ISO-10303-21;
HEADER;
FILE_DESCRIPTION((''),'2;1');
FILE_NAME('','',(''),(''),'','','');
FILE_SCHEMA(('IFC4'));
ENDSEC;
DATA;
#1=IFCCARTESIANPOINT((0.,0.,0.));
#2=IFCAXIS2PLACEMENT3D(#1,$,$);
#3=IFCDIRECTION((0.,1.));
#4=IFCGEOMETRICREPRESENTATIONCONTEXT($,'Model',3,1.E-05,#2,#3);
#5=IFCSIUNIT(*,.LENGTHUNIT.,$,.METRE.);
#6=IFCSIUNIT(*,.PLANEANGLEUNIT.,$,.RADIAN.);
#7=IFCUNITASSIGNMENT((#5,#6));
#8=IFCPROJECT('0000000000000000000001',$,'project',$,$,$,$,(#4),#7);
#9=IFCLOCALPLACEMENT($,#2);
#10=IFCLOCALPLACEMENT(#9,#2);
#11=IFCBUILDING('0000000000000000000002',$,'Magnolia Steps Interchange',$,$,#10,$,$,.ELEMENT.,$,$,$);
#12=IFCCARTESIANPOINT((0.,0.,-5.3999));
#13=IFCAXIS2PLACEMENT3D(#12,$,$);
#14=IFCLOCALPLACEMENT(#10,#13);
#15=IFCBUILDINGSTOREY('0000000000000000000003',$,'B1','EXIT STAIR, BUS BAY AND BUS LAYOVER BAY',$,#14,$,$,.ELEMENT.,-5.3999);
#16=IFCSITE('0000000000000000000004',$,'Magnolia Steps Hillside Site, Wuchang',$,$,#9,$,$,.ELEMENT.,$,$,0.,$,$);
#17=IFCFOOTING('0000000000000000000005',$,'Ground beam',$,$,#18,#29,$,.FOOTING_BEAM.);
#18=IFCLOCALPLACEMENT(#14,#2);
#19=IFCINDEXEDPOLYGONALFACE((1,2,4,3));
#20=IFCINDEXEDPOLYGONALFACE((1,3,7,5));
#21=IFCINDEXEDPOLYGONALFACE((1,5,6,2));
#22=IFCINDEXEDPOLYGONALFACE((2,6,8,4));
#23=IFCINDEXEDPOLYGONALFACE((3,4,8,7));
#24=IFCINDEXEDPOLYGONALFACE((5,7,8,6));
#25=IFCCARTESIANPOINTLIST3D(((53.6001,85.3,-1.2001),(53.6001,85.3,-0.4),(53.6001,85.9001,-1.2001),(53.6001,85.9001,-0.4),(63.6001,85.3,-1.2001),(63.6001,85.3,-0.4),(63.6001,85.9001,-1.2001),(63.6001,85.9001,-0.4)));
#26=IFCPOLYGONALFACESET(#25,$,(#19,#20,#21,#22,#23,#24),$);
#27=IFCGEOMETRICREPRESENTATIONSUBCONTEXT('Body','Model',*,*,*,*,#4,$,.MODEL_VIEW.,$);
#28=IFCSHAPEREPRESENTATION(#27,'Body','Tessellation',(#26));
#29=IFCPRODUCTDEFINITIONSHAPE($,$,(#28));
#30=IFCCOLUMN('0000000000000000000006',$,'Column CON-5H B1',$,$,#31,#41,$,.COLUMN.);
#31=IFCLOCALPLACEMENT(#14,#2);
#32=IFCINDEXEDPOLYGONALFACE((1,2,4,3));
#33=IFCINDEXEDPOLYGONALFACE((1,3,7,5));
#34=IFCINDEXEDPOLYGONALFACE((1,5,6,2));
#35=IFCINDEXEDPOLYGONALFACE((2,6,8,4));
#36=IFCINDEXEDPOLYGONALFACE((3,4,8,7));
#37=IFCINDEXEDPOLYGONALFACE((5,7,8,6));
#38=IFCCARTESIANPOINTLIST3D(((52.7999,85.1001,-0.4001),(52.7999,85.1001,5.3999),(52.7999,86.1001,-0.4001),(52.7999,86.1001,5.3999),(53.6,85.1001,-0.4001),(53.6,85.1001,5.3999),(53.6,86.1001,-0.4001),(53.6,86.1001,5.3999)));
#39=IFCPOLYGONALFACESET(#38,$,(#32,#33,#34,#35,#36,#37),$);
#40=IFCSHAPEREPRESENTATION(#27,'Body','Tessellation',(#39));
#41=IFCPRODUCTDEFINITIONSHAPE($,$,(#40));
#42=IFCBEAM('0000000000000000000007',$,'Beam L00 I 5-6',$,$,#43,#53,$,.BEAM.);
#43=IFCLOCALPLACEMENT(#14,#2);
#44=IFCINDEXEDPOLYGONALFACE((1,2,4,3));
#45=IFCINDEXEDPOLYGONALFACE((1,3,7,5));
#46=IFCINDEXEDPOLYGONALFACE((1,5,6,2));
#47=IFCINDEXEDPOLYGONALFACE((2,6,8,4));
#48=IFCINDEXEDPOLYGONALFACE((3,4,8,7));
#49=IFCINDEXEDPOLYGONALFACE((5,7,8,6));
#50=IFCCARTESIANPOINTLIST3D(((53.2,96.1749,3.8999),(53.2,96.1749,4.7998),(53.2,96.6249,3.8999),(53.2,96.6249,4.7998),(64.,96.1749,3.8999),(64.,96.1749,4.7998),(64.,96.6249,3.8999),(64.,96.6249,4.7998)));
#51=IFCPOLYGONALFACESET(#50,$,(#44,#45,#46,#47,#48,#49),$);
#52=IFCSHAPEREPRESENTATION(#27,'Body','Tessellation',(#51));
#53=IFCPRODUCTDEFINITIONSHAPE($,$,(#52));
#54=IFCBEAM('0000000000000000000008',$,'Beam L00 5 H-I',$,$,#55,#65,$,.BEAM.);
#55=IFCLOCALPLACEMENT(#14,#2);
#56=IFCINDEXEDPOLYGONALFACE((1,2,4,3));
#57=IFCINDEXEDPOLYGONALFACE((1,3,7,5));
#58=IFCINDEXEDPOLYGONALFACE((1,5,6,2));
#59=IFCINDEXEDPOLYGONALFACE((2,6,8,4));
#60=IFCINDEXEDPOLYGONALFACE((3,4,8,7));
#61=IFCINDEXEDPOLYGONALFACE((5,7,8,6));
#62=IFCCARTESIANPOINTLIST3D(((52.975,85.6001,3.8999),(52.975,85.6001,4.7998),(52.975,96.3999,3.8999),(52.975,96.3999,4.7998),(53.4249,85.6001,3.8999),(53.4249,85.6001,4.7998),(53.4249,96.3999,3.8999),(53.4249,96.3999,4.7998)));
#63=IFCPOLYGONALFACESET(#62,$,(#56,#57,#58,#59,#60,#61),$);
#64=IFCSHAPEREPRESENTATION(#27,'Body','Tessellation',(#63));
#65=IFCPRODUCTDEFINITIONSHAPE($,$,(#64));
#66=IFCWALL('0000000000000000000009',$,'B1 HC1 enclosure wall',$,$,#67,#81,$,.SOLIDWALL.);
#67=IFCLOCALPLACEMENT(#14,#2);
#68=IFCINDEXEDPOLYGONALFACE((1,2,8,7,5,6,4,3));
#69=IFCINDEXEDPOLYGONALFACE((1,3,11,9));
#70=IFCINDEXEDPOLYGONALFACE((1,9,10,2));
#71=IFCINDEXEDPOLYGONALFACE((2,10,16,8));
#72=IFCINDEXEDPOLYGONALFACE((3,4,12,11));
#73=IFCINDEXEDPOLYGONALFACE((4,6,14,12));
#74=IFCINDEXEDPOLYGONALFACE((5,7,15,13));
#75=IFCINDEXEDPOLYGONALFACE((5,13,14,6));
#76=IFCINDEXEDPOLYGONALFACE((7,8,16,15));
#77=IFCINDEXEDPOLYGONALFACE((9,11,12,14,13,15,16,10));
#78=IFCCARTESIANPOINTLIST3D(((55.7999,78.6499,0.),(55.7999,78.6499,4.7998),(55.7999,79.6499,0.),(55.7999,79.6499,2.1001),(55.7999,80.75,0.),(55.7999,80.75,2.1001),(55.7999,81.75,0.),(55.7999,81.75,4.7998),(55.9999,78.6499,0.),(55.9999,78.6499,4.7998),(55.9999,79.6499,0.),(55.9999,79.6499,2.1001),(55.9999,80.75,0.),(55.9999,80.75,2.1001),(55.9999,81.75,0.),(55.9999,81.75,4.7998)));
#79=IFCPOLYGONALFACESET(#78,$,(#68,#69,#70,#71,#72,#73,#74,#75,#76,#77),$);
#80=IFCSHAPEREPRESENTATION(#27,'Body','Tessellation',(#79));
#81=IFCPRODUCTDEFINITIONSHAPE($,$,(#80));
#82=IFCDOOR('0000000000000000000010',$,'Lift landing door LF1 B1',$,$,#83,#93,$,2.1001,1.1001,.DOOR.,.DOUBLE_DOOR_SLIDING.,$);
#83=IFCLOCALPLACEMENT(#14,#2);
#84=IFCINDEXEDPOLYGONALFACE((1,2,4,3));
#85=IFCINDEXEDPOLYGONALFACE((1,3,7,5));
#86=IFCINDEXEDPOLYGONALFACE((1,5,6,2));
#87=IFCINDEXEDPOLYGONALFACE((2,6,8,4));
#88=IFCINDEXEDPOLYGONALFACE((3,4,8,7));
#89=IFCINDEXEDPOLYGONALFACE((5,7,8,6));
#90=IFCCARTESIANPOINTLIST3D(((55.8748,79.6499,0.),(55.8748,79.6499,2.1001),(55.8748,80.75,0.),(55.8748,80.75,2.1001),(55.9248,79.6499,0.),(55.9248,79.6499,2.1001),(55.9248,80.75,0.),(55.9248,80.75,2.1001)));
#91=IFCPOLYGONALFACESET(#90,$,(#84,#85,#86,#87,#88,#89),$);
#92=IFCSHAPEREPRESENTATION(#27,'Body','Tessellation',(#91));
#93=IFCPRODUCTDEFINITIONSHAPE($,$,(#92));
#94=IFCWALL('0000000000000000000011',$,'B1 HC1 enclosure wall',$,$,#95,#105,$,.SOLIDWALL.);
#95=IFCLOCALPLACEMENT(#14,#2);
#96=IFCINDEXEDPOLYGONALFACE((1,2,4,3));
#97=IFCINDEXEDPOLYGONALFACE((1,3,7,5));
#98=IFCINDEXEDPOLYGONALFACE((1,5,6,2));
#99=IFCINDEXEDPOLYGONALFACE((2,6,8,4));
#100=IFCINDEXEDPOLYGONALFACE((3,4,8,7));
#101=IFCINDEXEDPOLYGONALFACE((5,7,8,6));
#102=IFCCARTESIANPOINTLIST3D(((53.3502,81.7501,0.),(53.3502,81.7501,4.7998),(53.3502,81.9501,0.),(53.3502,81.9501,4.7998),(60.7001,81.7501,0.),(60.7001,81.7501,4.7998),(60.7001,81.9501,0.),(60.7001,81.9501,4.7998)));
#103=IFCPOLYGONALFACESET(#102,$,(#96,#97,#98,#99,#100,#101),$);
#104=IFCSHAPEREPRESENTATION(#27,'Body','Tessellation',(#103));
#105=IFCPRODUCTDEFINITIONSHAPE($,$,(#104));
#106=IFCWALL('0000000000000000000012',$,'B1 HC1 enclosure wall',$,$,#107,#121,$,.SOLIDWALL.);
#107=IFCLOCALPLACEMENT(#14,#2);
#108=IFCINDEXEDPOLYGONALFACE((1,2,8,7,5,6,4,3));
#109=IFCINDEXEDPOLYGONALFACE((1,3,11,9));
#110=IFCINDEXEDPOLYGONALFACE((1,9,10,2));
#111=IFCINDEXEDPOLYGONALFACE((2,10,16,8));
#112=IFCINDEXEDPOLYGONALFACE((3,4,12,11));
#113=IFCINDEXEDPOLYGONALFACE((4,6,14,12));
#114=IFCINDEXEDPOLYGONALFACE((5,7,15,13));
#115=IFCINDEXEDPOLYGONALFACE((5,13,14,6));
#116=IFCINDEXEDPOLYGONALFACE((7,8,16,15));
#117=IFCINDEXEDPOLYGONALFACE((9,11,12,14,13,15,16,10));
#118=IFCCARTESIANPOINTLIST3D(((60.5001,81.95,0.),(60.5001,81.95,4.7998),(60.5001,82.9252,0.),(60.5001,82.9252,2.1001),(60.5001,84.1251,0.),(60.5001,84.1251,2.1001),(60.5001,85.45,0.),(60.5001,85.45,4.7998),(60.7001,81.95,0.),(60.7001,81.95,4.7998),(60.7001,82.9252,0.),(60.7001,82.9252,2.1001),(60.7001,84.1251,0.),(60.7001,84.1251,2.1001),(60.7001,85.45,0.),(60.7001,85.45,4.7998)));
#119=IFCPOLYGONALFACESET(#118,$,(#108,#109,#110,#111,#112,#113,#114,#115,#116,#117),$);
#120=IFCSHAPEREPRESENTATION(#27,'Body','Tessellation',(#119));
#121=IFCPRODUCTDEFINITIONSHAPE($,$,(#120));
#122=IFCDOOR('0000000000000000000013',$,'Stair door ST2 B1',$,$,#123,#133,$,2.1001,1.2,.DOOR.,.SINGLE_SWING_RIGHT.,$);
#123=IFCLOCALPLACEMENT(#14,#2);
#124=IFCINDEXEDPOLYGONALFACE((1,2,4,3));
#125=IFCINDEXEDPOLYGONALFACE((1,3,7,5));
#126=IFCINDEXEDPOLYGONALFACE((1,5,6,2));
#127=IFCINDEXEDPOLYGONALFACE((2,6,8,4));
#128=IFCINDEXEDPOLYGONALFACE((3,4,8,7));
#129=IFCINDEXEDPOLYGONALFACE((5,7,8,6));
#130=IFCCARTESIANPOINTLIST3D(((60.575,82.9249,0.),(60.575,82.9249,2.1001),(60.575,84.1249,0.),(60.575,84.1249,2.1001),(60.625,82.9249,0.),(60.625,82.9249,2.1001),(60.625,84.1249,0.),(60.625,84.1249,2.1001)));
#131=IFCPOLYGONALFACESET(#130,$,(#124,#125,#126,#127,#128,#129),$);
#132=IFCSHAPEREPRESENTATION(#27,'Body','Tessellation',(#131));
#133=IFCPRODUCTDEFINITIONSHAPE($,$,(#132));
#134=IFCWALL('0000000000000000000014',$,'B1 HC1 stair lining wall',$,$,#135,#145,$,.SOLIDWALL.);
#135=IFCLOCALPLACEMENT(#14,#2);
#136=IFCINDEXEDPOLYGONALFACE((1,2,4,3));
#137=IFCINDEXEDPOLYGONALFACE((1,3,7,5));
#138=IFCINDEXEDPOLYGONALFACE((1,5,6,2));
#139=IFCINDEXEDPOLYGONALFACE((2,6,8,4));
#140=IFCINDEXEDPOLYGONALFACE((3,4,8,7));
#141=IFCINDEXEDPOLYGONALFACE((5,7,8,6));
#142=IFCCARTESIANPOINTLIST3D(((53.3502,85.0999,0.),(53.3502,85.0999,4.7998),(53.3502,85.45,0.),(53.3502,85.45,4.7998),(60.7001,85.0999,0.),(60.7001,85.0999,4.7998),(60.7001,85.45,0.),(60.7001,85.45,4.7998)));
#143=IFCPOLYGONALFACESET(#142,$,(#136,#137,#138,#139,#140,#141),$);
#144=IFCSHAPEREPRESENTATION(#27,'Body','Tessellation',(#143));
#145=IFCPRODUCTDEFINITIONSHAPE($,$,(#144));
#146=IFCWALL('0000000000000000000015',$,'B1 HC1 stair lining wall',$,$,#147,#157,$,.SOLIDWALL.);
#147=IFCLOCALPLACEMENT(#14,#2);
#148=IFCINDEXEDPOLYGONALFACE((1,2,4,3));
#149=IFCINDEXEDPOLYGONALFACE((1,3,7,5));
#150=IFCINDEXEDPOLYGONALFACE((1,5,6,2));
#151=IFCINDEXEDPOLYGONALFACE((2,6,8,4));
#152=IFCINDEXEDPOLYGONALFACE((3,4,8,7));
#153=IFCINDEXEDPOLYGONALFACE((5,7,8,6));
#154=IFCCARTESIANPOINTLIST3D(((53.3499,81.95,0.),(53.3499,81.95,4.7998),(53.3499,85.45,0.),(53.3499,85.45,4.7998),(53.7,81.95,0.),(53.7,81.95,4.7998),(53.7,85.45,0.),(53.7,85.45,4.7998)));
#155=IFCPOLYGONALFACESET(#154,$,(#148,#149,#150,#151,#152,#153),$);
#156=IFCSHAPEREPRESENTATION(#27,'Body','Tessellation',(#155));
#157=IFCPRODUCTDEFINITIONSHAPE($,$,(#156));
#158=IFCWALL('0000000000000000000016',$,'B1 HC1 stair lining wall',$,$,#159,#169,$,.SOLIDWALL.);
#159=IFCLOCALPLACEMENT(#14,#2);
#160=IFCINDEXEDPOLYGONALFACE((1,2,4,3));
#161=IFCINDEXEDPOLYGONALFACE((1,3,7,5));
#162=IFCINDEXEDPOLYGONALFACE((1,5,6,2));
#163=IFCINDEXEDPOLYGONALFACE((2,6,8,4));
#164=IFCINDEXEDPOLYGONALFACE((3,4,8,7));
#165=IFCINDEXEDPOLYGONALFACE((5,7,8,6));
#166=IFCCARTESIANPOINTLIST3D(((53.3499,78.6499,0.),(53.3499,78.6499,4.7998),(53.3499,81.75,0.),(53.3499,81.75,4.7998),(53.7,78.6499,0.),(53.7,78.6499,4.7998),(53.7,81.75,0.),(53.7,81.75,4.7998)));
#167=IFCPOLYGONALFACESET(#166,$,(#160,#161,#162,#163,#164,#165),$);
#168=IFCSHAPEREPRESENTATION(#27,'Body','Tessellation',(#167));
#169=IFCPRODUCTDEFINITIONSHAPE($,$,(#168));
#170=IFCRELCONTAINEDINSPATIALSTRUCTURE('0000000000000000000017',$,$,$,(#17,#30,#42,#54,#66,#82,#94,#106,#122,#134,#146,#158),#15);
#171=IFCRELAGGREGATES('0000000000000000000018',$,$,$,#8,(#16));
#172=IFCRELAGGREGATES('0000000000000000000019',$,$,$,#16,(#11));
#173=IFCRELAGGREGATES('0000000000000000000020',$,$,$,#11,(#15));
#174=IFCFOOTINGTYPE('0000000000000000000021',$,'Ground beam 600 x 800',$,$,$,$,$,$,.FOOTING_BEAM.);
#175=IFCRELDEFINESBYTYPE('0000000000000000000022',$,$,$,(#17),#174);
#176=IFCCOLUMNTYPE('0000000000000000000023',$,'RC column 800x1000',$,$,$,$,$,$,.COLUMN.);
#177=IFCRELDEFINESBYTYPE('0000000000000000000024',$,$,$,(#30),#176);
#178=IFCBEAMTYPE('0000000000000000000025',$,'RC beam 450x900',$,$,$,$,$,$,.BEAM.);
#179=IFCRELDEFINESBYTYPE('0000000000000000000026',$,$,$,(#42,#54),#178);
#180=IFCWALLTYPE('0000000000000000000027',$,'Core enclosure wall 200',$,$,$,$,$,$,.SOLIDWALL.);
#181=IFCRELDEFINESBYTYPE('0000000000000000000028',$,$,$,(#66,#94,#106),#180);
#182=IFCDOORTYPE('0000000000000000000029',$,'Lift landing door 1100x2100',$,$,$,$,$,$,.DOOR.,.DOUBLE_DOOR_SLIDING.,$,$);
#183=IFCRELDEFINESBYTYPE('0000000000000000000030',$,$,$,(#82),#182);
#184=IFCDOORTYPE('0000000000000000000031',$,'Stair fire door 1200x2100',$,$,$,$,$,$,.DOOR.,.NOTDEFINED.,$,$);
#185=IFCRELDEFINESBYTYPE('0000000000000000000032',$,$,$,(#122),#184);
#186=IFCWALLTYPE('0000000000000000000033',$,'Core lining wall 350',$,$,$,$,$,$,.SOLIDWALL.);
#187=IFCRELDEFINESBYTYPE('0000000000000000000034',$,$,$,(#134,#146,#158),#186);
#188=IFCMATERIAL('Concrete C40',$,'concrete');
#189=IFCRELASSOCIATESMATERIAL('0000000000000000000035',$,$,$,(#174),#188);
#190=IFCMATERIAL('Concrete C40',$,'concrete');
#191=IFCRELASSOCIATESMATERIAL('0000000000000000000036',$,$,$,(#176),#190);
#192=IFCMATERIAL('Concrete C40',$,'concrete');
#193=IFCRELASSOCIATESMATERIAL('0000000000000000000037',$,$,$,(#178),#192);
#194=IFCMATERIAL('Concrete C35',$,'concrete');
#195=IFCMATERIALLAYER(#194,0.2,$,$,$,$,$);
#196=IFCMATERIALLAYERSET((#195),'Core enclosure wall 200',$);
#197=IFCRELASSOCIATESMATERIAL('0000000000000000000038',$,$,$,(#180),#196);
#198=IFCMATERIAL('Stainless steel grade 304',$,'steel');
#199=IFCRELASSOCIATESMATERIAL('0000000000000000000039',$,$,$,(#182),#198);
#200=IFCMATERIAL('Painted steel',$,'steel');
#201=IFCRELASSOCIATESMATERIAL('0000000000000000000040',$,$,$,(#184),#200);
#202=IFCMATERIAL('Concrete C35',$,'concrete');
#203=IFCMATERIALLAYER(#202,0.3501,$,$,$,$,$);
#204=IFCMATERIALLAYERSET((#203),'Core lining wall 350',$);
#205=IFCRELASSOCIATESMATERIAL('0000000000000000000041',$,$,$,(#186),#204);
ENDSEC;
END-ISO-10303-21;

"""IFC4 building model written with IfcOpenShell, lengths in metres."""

from ifc_helpers import new_model, si_unit, direction, frame, frame_2d, origin, origin_2d, place, context, subcontext, project, spatial, rectangle, extrude, material, layer, layer_set, material_profile, profile_set, type_object, element, fill, save


model = new_model("IFC4")

# Units and contexts
model_context = context("Model", 3, precision=1e-05, world=origin(), true_north=direction((0.0, 1.0)))
body_context = subcontext(model_context, "Body", "Model", "MODEL_VIEW")
ifc_project = project(units=[si_unit("LENGTHUNIT", "METRE"), si_unit("PLANEANGLEUNIT", "RADIAN")], contexts=[model_context])

# Site, building, storey
site_placement = place(None, origin())
site = spatial("IfcSite", under=ifc_project, at=site_placement, Name="Magnolia Steps Hillside Site, Wuchang", CompositionType="ELEMENT", RefElevation=0.0)
building_placement = place(site_placement, origin())
building = spatial("IfcBuilding", under=site, at=building_placement, Name="Magnolia Steps Interchange", CompositionType="ELEMENT")
storey_placement = place(building_placement, frame((0.0, 0.0, -5.3999)))
storey = spatial("IfcBuildingStorey", under=building, at=storey_placement, Name="B1", Description="EXIT STAIR, BUS BAY AND BUS LAYOVER BAY", CompositionType="ELEMENT", Elevation=-5.3999)

# Footing
ifc_material_1 = material(Name="Concrete C40", Category="concrete")
ifc_material_profile_1 = material_profile(ifc_material_1, rectangle(XDim=0.6001, YDim=0.8, at=origin_2d()), Name="RC600x800")
ifc_profile_set_1 = profile_set([ifc_material_profile_1], Name="Concrete C40")
footing_type = type_object("IfcFootingType", Name="Ground beam 600 x 800", PredefinedType="FOOTING_BEAM", material=ifc_profile_set_1)
footing_placement = place(storey_placement, frame((53.6001, 85.6001, -0.8), z_axis=(1.0, 0.0, 0.0), x_axis=(0.0, 1.0, 0.0)))
element("IfcFooting", 1, at=footing_placement, inside=storey, type_object=footing_type, Name="Ground beam", PredefinedType="FOOTING_BEAM", context=body_context, shape_type="SweptSolid", body=[
    extrude(rectangle(XDim=0.6001, YDim=0.8, at=origin_2d()), origin(), (0.0, 0.0, 1.0), 10.0),
])

# Column
ifc_material_2 = material(Name="Concrete C40", Category="concrete")
ifc_material_profile_2 = material_profile(ifc_material_2, rectangle(XDim=0.8, YDim=1.0, at=origin_2d()), Name="RC800x1000")
ifc_profile_set_2 = profile_set([ifc_material_profile_2], Name="Concrete C40")
column_type = type_object("IfcColumnType", Name="RC column 800x1000", PredefinedType="COLUMN", material=ifc_profile_set_2)
column_placement = place(storey_placement, frame((53.2, 85.6001, -0.4001), z_axis=(0.0, 0.0, 1.0), x_axis=(1.0, 0.0, 0.0)))
element("IfcColumn", 2, at=column_placement, inside=storey, type_object=column_type, Name="Column CON-5H B1", PredefinedType="COLUMN", context=body_context, shape_type="SweptSolid", body=[
    extrude(rectangle(XDim=0.8, YDim=1.0, at=origin_2d()), origin(), (0.0, 0.0, 1.0), 5.8),
])

# Beams
ifc_material_3 = material(Name="Concrete C40", Category="concrete")
ifc_material_profile_3 = material_profile(ifc_material_3, rectangle(XDim=0.45, YDim=0.8999, at=origin_2d()), Name="RC450x900")
ifc_profile_set_3 = profile_set([ifc_material_profile_3], Name="Concrete C40")
beam_type = type_object("IfcBeamType", Name="RC beam 450x900", PredefinedType="BEAM", material=ifc_profile_set_3)
beam_1_placement = place(storey_placement, frame((53.2, 96.3999, 4.3499), z_axis=(1.0, 0.0, 0.0), x_axis=(0.0, 1.0, 0.0)))
element("IfcBeam", 3, at=beam_1_placement, inside=storey, type_object=beam_type, Name="Beam L00 I 5-6", PredefinedType="BEAM", context=body_context, shape_type="SweptSolid", body=[
    extrude(rectangle(XDim=0.45, YDim=0.8999, at=origin_2d()), origin(), (0.0, 0.0, 1.0), 10.8),
])
beam_2_placement = place(storey_placement, frame((53.2, 85.6001, 4.3499), z_axis=(0.0, 1.0, 0.0), x_axis=(-1.0, 0.0, 0.0)))
element("IfcBeam", 4, at=beam_2_placement, inside=storey, type_object=beam_type, Name="Beam L00 5 H-I", PredefinedType="BEAM", context=body_context, shape_type="SweptSolid", body=[
    extrude(rectangle(XDim=0.45, YDim=0.8999, at=origin_2d()), origin(), (0.0, 0.0, 1.0), 10.7998),
])

# Wall, opening, door
ifc_material_4 = material(Name="Concrete C35", Category="concrete")
ifc_layer_1 = layer(ifc_material_4, 0.2)
ifc_layer_set_1 = layer_set([ifc_layer_1], Name="Core enclosure wall 200")
wall_type_1 = type_object("IfcWallType", Name="Core enclosure wall 200", PredefinedType="SOLIDWALL", material=ifc_layer_set_1)
wall_1_placement = place(storey_placement, frame((55.8999, 78.6499, 0.0), z_axis=(0.0, 0.0, 1.0), x_axis=(0.0, 1.0, 0.0)))
wall_1 = element("IfcWall", 5, at=wall_1_placement, inside=storey, type_object=wall_type_1, Name="B1 HC1 enclosure wall", PredefinedType="SOLIDWALL", context=body_context, shape_type="SweptSolid", body=[
    extrude(rectangle(XDim=3.1001, YDim=0.2, at=frame_2d((1.55, 0.0))), origin(), (0.0, 0.0, 1.0), 4.7998),
])
opening_1_placement = place(wall_1_placement, frame((1.0, 0.0, 0.0)))
opening_1 = element("IfcOpeningElement", 6, at=opening_1_placement, cuts=wall_1, PredefinedType="OPENING", context=body_context, shape_type="SweptSolid", body=[
    extrude(rectangle(XDim=1.1001, YDim=2.1001, at=frame_2d((0.55, 1.05))), frame((0.0, 0.1099, 0.0), z_axis=(0.0, -1.0, 0.0), x_axis=(1.0, 0.0, 0.0)), (0.0, 0.0, 1.0), 0.22),
])
ifc_material_5 = material(Name="Stainless steel grade 304", Category="steel")
door_type_1 = type_object("IfcDoorType", Name="Lift landing door 1100x2100", OperationType="DOUBLE_DOOR_SLIDING", PredefinedType="DOOR", material=ifc_material_5)
door_1_placement = place(opening_1_placement, frame((1.1001, 0.0, 0.0), z_axis=(0.0, 0.0, 1.0), x_axis=(-1.0, 0.0, 0.0)))
door_1 = element("IfcDoor", 7, at=door_1_placement, inside=storey, type_object=door_type_1, Name="Lift landing door LF1 B1", OperationType="DOUBLE_DOOR_SLIDING", OverallHeight=2.1001, OverallWidth=1.1001, PredefinedType="DOOR", context=body_context, shape_type="SweptSolid", body=[
    extrude(rectangle(XDim=1.1001, YDim=2.1001, at=frame_2d((0.55, 1.05))), frame((0.0, 0.0249, 0.0), z_axis=(0.0, -1.0, 0.0), x_axis=(1.0, 0.0, 0.0)), (0.0, 0.0, 1.0), 0.05),
])
fill(opening_1, door_1)

# Wall
wall_2_placement = place(storey_placement, frame((60.7, 81.8501, 0.0), z_axis=(0.0, 0.0, 1.0), x_axis=(-1.0, 0.0, 0.0)))
element("IfcWall", 8, at=wall_2_placement, inside=storey, type_object=wall_type_1, Name="B1 HC1 enclosure wall", PredefinedType="SOLIDWALL", context=body_context, shape_type="SweptSolid", body=[
    extrude(rectangle(XDim=7.3499, YDim=0.2, at=frame_2d((3.6748, 0.0))), origin(), (0.0, 0.0, 1.0), 4.7998),
])

# Wall, opening, door
wall_3_placement = place(storey_placement, frame((60.6001, 81.95, 0.0), z_axis=(0.0, 0.0, 1.0), x_axis=(0.0, 1.0, 0.0)))
wall_3 = element("IfcWall", 9, at=wall_3_placement, inside=storey, type_object=wall_type_1, Name="B1 HC1 enclosure wall", PredefinedType="SOLIDWALL", context=body_context, shape_type="SweptSolid", body=[
    extrude(rectangle(XDim=3.5, YDim=0.2, at=frame_2d((1.75, 0.0))), origin(), (0.0, 0.0, 1.0), 4.7998),
])
opening_2_placement = place(wall_3_placement, frame((0.9751, 0.0, 0.0)))
opening_2 = element("IfcOpeningElement", 10, at=opening_2_placement, cuts=wall_3, PredefinedType="OPENING", context=body_context, shape_type="SweptSolid", body=[
    extrude(rectangle(XDim=1.2, YDim=2.1001, at=frame_2d((0.6001, 1.05))), frame((0.0, 0.1099, 0.0), z_axis=(0.0, -1.0, 0.0), x_axis=(1.0, 0.0, 0.0)), (0.0, 0.0, 1.0), 0.22),
])
ifc_material_6 = material(Name="Painted steel", Category="steel")
door_type_2 = type_object("IfcDoorType", Name="Stair fire door 1200x2100", OperationType="NOTDEFINED", PredefinedType="DOOR", material=ifc_material_6)
door_2_placement = place(opening_2_placement, frame((1.2, 0.0, 0.0), z_axis=(0.0, 0.0, 1.0), x_axis=(-1.0, 0.0, 0.0)))
door_2 = element("IfcDoor", 11, at=door_2_placement, inside=storey, type_object=door_type_2, Name="Stair door ST2 B1", OperationType="SINGLE_SWING_RIGHT", OverallHeight=2.1001, OverallWidth=1.2, PredefinedType="DOOR", context=body_context, shape_type="SweptSolid", body=[
    extrude(rectangle(XDim=1.2, YDim=2.1001, at=frame_2d((0.6001, 1.05))), frame((0.0, 0.0249, 0.0), z_axis=(0.0, -1.0, 0.0), x_axis=(1.0, 0.0, 0.0)), (0.0, 0.0, 1.0), 0.05),
])
fill(opening_2, door_2)

# Walls
ifc_material_7 = material(Name="Concrete C35", Category="concrete")
ifc_layer_2 = layer(ifc_material_7, 0.3501)
ifc_layer_set_2 = layer_set([ifc_layer_2], Name="Core lining wall 350")
wall_type_2 = type_object("IfcWallType", Name="Core lining wall 350", PredefinedType="SOLIDWALL", material=ifc_layer_set_2)
wall_4_placement = place(storey_placement, frame((60.7, 85.2749, 0.0), z_axis=(0.0, 0.0, 1.0), x_axis=(-1.0, 0.0, 0.0)))
element("IfcWall", 12, at=wall_4_placement, inside=storey, type_object=wall_type_2, Name="B1 HC1 stair lining wall", PredefinedType="SOLIDWALL", context=body_context, shape_type="SweptSolid", body=[
    extrude(rectangle(XDim=7.3499, YDim=0.3501, at=frame_2d((3.6748, 0.0))), origin(), (0.0, 0.0, 1.0), 4.7998),
])
wall_5_placement = place(storey_placement, frame((53.5249, 81.95, 0.0), z_axis=(0.0, 0.0, 1.0), x_axis=(0.0, 1.0, 0.0)))
element("IfcWall", 13, at=wall_5_placement, inside=storey, type_object=wall_type_2, Name="B1 HC1 stair lining wall", PredefinedType="SOLIDWALL", context=body_context, shape_type="SweptSolid", body=[
    extrude(rectangle(XDim=3.5, YDim=0.3501, at=frame_2d((1.75, 0.0))), origin(), (0.0, 0.0, 1.0), 4.7998),
])
wall_6_placement = place(storey_placement, frame((53.5249, 78.6499, 0.0), z_axis=(0.0, 0.0, 1.0), x_axis=(0.0, 1.0, 0.0)))
element("IfcWall", 14, at=wall_6_placement, inside=storey, type_object=wall_type_2, Name="B1 HC1 stair lining wall", PredefinedType="SOLIDWALL", context=body_context, shape_type="SweptSolid", body=[
    extrude(rectangle(XDim=3.1001, YDim=0.3501, at=frame_2d((1.55, 0.0))), origin(), (0.0, 0.0, 1.0), 4.7998),
])

save(model, "model.ifc")
